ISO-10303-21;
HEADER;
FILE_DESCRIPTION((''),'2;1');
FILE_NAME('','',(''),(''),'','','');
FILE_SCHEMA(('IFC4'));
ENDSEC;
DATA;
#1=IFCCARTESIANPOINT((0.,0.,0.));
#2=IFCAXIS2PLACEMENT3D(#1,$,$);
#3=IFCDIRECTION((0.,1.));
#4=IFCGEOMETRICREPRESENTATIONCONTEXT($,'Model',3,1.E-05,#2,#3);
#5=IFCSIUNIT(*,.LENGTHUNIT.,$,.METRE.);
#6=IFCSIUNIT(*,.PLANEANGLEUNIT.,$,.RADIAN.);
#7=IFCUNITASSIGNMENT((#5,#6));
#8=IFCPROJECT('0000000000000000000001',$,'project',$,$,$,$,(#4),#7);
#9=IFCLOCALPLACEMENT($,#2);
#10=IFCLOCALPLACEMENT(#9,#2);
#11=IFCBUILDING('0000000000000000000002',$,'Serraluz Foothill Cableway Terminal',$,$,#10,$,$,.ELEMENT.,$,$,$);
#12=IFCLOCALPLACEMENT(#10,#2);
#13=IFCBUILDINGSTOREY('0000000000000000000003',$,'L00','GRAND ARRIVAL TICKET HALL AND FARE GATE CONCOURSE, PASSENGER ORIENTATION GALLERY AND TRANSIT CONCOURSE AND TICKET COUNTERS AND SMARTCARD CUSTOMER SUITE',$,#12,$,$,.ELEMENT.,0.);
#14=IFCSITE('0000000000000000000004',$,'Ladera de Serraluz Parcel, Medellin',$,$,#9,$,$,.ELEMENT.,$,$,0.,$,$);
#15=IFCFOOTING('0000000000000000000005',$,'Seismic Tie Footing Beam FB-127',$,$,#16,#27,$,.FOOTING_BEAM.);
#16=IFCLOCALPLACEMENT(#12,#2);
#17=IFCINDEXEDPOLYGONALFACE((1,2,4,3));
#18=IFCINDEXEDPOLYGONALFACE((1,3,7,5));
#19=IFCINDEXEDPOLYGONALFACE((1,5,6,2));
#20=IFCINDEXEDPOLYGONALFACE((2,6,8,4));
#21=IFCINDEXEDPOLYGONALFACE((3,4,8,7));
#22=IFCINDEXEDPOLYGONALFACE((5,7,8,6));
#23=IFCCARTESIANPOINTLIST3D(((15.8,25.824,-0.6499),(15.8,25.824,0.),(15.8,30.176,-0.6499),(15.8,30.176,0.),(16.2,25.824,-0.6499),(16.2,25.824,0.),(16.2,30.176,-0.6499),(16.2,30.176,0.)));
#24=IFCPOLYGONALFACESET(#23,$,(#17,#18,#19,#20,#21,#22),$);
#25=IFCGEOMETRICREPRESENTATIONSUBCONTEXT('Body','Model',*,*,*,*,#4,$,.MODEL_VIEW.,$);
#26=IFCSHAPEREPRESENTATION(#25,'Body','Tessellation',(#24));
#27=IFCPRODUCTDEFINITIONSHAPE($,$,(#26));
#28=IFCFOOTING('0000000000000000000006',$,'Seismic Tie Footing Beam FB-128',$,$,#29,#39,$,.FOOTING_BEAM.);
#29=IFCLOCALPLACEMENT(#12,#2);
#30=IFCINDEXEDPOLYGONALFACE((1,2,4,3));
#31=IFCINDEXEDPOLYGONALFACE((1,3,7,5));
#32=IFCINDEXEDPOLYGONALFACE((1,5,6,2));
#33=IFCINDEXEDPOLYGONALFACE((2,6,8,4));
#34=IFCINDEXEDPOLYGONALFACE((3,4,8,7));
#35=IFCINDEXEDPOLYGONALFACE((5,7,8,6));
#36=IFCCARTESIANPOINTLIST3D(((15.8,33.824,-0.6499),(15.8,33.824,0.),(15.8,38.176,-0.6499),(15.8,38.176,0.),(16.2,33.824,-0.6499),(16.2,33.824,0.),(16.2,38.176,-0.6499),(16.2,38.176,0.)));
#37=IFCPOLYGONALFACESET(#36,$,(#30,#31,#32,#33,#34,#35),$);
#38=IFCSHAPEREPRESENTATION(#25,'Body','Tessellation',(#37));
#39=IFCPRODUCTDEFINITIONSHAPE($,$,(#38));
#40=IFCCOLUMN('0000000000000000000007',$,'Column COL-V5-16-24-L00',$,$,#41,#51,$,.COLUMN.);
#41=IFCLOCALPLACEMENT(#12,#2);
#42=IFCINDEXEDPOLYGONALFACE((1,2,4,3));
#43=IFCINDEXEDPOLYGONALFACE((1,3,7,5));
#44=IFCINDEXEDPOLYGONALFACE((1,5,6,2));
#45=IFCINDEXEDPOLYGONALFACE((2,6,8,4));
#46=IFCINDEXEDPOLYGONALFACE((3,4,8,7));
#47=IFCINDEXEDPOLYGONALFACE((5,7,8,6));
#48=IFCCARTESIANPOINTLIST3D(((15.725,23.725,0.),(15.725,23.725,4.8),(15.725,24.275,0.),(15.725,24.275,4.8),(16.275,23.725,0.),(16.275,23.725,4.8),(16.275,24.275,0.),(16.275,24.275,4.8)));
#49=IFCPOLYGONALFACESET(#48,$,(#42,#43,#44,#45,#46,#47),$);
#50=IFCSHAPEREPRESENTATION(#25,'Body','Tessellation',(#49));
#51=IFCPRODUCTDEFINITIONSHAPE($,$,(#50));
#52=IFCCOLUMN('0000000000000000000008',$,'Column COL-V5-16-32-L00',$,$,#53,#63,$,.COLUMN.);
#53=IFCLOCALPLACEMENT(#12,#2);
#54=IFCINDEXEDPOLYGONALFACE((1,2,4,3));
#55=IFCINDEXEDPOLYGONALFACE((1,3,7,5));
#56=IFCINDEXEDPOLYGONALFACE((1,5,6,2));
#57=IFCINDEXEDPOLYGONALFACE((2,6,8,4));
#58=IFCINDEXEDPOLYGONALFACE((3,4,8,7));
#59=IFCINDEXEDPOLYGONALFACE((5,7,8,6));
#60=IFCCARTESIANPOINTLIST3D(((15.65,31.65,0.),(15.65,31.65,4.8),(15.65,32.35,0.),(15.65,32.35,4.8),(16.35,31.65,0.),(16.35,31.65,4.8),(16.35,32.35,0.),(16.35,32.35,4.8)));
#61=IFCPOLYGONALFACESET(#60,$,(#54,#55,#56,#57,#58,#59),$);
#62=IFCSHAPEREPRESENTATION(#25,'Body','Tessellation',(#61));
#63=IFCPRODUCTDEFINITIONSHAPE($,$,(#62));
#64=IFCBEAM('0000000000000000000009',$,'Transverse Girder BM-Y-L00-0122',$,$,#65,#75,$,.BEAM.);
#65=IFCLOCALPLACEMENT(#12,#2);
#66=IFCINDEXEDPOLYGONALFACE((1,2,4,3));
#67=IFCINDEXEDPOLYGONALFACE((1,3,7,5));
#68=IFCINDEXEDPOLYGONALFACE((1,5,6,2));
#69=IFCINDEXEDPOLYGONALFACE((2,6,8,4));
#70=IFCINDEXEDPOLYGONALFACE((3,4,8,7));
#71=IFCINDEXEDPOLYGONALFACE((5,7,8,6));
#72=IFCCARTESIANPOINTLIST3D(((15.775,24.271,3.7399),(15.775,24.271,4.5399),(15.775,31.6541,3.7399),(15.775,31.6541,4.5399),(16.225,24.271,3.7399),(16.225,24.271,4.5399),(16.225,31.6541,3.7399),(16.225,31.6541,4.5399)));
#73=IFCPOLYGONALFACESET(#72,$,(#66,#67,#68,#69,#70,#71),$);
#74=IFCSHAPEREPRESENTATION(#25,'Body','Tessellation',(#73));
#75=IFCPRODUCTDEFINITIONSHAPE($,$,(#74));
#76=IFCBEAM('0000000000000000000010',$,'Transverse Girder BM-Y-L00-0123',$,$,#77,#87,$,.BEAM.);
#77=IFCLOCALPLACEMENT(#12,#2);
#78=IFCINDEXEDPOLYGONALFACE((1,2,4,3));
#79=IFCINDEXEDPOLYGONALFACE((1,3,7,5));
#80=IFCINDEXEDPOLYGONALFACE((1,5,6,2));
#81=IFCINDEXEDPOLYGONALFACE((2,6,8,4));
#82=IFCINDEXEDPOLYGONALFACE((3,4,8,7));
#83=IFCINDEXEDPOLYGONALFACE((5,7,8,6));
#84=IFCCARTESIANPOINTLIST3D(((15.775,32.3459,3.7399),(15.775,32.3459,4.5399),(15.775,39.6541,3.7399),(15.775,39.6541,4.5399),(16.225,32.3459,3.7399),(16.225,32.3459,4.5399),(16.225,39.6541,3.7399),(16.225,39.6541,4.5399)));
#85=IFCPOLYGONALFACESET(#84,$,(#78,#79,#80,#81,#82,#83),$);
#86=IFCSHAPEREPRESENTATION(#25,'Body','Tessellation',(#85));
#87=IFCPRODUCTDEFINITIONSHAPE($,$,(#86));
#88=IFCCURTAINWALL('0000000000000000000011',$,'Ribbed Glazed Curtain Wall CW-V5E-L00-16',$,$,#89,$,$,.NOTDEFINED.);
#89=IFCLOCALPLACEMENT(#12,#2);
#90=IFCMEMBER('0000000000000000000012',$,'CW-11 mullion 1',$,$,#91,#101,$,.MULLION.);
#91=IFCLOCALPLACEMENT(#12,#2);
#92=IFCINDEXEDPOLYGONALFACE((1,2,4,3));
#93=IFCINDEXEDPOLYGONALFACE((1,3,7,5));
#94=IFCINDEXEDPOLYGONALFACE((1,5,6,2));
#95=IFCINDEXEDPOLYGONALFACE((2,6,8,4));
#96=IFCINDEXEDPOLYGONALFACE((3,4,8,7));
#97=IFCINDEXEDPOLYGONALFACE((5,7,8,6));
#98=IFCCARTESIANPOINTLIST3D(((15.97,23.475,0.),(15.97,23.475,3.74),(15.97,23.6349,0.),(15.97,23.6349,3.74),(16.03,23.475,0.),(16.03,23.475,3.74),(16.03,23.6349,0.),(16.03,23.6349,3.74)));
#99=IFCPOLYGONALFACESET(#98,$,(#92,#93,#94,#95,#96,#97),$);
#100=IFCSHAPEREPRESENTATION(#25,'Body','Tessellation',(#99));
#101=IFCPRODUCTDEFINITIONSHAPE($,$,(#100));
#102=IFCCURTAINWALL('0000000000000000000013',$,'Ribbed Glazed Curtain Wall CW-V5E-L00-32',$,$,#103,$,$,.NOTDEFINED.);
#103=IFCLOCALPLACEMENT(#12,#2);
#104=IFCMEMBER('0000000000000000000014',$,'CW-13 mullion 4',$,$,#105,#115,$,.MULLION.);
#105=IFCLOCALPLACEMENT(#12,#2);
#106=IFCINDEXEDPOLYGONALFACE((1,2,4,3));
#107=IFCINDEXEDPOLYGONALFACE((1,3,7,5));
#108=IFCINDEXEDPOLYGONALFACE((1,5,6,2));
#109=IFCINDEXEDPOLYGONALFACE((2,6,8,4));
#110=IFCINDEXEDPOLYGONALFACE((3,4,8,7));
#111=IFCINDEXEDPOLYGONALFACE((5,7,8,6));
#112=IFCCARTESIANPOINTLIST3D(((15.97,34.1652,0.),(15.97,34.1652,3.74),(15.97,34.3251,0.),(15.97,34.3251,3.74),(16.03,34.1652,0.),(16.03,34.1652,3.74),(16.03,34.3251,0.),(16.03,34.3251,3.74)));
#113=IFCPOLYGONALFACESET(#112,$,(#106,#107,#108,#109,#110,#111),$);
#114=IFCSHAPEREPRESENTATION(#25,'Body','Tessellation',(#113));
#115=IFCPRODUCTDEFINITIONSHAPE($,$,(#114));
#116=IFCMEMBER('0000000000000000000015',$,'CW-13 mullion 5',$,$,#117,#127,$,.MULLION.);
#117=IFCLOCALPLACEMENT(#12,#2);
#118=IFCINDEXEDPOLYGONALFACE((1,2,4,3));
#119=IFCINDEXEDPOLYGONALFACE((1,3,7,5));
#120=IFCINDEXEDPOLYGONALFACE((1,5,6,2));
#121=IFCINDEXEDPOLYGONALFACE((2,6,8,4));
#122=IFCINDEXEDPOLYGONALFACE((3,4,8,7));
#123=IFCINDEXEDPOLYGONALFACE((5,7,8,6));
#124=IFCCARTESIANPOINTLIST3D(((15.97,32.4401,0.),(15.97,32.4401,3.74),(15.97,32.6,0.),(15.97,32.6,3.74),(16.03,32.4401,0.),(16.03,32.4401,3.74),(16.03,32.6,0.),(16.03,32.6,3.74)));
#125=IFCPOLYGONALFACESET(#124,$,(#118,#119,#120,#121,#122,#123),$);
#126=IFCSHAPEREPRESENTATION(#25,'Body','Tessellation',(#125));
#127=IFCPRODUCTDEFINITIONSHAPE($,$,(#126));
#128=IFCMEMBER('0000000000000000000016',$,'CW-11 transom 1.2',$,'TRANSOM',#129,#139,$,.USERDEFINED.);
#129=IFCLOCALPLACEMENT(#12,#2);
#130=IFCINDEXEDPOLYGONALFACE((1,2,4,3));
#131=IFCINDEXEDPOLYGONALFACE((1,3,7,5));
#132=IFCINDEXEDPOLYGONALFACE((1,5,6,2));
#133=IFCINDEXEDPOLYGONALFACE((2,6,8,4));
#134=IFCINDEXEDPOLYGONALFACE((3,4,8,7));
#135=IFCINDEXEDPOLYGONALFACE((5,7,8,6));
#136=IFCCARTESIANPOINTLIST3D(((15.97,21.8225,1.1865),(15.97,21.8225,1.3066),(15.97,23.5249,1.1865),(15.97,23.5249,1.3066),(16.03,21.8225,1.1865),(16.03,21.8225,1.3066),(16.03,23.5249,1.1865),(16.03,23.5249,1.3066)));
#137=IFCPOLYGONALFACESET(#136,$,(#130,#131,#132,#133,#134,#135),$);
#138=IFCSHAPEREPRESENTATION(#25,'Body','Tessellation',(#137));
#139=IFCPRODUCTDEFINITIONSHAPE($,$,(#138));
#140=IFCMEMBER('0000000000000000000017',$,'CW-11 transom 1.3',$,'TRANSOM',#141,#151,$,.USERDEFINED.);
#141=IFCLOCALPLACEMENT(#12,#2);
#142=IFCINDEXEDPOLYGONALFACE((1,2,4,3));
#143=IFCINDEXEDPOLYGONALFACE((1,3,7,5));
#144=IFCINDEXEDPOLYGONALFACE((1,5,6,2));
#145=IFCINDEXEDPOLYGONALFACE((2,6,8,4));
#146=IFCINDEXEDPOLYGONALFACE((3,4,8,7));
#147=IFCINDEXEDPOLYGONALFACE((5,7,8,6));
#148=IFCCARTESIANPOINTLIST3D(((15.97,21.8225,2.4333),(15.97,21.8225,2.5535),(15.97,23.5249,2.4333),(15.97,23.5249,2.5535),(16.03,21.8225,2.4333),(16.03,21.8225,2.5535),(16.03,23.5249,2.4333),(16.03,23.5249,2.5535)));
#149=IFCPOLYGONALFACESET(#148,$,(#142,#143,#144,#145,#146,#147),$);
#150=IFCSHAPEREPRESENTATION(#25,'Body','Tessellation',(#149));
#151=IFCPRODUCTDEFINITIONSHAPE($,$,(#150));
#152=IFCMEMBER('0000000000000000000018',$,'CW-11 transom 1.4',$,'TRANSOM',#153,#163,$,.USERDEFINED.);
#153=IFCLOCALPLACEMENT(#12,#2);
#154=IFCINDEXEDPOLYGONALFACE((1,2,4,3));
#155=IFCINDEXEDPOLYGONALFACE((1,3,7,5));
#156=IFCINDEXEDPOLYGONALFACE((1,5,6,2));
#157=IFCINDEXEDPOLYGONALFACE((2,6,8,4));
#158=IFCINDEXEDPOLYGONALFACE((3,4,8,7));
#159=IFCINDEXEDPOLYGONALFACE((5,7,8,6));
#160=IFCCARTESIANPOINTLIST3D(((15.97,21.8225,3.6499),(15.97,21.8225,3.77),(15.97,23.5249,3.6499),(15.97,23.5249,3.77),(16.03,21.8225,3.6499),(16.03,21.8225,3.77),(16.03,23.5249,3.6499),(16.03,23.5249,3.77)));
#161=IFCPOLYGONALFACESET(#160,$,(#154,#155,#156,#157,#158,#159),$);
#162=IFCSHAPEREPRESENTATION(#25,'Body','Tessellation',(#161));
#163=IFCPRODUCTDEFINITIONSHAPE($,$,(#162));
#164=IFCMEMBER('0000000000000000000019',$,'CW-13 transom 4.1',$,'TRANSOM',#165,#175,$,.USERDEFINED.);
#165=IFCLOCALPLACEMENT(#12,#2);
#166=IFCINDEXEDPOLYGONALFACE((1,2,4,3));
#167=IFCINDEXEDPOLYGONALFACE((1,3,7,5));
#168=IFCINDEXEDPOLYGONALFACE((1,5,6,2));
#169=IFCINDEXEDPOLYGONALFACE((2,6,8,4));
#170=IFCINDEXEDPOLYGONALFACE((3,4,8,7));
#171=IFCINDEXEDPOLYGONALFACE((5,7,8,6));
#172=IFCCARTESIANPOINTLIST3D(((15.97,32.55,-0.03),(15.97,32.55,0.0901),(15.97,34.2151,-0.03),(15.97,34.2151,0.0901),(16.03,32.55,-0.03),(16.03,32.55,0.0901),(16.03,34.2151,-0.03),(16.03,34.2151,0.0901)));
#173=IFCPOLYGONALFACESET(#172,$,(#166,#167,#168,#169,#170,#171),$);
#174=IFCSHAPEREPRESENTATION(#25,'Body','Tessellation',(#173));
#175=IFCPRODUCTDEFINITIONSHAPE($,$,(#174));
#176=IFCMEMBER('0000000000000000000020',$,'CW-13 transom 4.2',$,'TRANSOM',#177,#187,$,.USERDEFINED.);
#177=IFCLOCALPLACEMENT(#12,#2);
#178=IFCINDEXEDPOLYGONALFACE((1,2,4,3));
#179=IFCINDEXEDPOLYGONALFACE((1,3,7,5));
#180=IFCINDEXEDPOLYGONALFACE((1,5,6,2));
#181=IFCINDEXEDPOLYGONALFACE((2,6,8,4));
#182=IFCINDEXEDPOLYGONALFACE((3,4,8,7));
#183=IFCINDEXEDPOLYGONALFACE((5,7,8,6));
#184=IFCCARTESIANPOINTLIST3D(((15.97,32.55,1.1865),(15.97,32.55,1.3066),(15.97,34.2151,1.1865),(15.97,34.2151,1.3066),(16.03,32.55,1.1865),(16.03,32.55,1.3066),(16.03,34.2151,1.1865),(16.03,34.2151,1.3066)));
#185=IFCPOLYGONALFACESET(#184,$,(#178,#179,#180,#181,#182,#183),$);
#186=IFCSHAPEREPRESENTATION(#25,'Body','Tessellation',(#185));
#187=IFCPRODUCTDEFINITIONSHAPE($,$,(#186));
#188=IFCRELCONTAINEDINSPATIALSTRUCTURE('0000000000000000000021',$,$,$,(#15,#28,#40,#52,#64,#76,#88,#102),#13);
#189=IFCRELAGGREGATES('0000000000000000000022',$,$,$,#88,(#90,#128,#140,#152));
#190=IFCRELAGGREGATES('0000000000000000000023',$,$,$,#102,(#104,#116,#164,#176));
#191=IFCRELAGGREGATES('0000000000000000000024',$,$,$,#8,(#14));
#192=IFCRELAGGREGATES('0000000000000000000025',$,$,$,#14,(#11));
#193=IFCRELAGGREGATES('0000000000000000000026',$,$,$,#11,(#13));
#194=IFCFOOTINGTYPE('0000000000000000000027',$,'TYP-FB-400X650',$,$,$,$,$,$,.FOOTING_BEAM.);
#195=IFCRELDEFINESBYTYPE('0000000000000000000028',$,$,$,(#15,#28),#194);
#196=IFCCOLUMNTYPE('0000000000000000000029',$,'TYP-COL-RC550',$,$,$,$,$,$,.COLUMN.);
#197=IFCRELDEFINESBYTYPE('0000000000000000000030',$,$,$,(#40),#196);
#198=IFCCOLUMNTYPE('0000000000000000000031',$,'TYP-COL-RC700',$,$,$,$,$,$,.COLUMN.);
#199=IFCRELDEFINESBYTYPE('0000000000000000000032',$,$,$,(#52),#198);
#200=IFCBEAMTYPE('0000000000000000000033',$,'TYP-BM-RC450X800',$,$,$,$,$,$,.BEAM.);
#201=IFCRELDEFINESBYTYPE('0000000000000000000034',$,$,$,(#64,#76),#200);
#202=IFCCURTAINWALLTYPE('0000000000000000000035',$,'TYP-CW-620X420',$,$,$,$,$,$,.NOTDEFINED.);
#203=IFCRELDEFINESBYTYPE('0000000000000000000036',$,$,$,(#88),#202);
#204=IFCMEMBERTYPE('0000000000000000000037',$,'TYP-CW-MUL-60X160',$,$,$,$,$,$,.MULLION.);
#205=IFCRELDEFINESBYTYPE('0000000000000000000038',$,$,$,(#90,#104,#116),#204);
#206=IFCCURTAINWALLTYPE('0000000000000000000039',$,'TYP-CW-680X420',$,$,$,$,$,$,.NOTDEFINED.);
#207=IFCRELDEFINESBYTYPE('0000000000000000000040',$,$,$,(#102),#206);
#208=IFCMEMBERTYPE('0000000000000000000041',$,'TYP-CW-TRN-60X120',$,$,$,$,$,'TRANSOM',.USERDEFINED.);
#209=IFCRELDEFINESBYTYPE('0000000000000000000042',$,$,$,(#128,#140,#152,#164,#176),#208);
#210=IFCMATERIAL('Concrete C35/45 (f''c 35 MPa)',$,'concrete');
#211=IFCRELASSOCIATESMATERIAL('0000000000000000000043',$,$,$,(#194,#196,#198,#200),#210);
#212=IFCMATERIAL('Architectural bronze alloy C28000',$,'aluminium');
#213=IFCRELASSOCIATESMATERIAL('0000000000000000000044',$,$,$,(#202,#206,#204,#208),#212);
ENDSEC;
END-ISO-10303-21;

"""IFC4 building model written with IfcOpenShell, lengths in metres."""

from ifc_helpers import new_model, si_unit, direction, frame, origin, origin_2d, place, context, subcontext, project, spatial, rectangle, extrude, material, material_profile, profile_set, type_object, element, aggregate, save


model = new_model("IFC4")

# Units and contexts
model_context = context("Model", 3, precision=1e-05, world=origin(), true_north=direction((0.0, 1.0)))
body_context = subcontext(model_context, "Body", "Model", "MODEL_VIEW")
ifc_project = project(units=[si_unit("LENGTHUNIT", "METRE"), si_unit("PLANEANGLEUNIT", "RADIAN")], contexts=[model_context])

# Site, building, storey
site_placement = place(None, origin())
site = spatial("IfcSite", under=ifc_project, at=site_placement, Name="Ladera de Serraluz Parcel, Medellin", CompositionType="ELEMENT", RefElevation=0.0)
building_placement = place(site_placement, origin())
building = spatial("IfcBuilding", under=site, at=building_placement, Name="Serraluz Foothill Cableway Terminal", CompositionType="ELEMENT")
storey_placement = place(building_placement, origin())
storey = spatial("IfcBuildingStorey", under=building, at=storey_placement, Name="L00", Description="GRAND ARRIVAL TICKET HALL AND FARE GATE CONCOURSE, PASSENGER ORIENTATION GALLERY AND TRANSIT CONCOURSE AND TICKET COUNTERS AND SMARTCARD CUSTOMER SUITE", CompositionType="ELEMENT", Elevation=0.0)

# Footings
ifc_material_1 = material(Name="Concrete C35/45 (f'c 35 MPa)", Category="concrete")
ifc_material_profile_1 = material_profile(ifc_material_1, rectangle(XDim=0.3999, YDim=0.6499, at=origin_2d()), Name="RC 400x650")
ifc_profile_set_1 = profile_set([ifc_material_profile_1], Name="Concrete C35/45 (f'c 35 MPa)")
footing_type = type_object("IfcFootingType", Name="TYP-FB-400X650", PredefinedType="FOOTING_BEAM", material=ifc_profile_set_1)
for number, where, z_axis, x_axis, name in (
    (1, (16.0, 25.824, -0.325), (0.0, 1.0, 0.0), (-1.0, 0.0, 0.0), "Seismic Tie Footing Beam FB-127"),
    (2, (16.0, 33.824, -0.325), (0.0, 1.0, 0.0), (-1.0, 0.0, 0.0), "Seismic Tie Footing Beam FB-128"),
):
    element("IfcFooting", number, at=place(storey_placement, frame(where, z_axis=z_axis, x_axis=x_axis)), inside=storey, type_object=footing_type, Name=name, PredefinedType="FOOTING_BEAM", context=body_context, shape_type="SweptSolid", body=[
        extrude(rectangle(XDim=0.3999, YDim=0.6499, at=origin_2d()), origin(), (0.0, 0.0, 1.0), 4.3521),
    ])

# Columns
ifc_material_profile_2 = material_profile(ifc_material_1, rectangle(XDim=0.55, YDim=0.55, at=origin_2d()), Name="RC 550x550")
ifc_profile_set_2 = profile_set([ifc_material_profile_2], Name="Concrete C35/45 (f'c 35 MPa)")
column_type_1 = type_object("IfcColumnType", Name="TYP-COL-RC550", PredefinedType="COLUMN", material=ifc_profile_set_2)
column_1_placement = place(storey_placement, frame((16.0, 24.0, 0.0), z_axis=(0.0, 0.0, 1.0), x_axis=(1.0, 0.0, 0.0)))
element("IfcColumn", 3, at=column_1_placement, inside=storey, type_object=column_type_1, Name="Column COL-V5-16-24-L00", PredefinedType="COLUMN", context=body_context, shape_type="SweptSolid", body=[
    extrude(rectangle(XDim=0.55, YDim=0.55, at=origin_2d()), origin(), (0.0, 0.0, 1.0), 4.8),
])
ifc_material_profile_3 = material_profile(ifc_material_1, rectangle(XDim=0.7, YDim=0.7, at=origin_2d()), Name="RC 700x700")
ifc_profile_set_3 = profile_set([ifc_material_profile_3], Name="Concrete C35/45 (f'c 35 MPa)")
column_type_2 = type_object("IfcColumnType", Name="TYP-COL-RC700", PredefinedType="COLUMN", material=ifc_profile_set_3)
column_2_placement = place(storey_placement, frame((16.0, 32.0, 0.0), z_axis=(0.0, 0.0, 1.0), x_axis=(1.0, 0.0, 0.0)))
element("IfcColumn", 4, at=column_2_placement, inside=storey, type_object=column_type_2, Name="Column COL-V5-16-32-L00", PredefinedType="COLUMN", context=body_context, shape_type="SweptSolid", body=[
    extrude(rectangle(XDim=0.7, YDim=0.7, at=origin_2d()), origin(), (0.0, 0.0, 1.0), 4.8),
])

# Beams
ifc_material_profile_4 = material_profile(ifc_material_1, rectangle(XDim=0.45, YDim=0.8, at=origin_2d()), Name="RC 450x800")
ifc_profile_set_4 = profile_set([ifc_material_profile_4], Name="Concrete C35/45 (f'c 35 MPa)")
beam_type = type_object("IfcBeamType", Name="TYP-BM-RC450X800", PredefinedType="BEAM", material=ifc_profile_set_4)
beam_1_placement = place(storey_placement, frame((16.0, 24.271, 4.1399), z_axis=(0.0, 1.0, 0.0), x_axis=(-1.0, 0.0, 0.0)))
element("IfcBeam", 5, at=beam_1_placement, inside=storey, type_object=beam_type, Name="Transverse Girder BM-Y-L00-0122", PredefinedType="BEAM", context=body_context, shape_type="SweptSolid", body=[
    extrude(rectangle(XDim=0.45, YDim=0.8, at=origin_2d()), origin(), (0.0, 0.0, 1.0), 7.3831),
])
beam_2_placement = place(storey_placement, frame((16.0, 32.3459, 4.1399), z_axis=(0.0, 1.0, 0.0), x_axis=(-1.0, 0.0, 0.0)))
element("IfcBeam", 6, at=beam_2_placement, inside=storey, type_object=beam_type, Name="Transverse Girder BM-Y-L00-0123", PredefinedType="BEAM", context=body_context, shape_type="SweptSolid", body=[
    extrude(rectangle(XDim=0.45, YDim=0.8, at=origin_2d()), origin(), (0.0, 0.0, 1.0), 7.3081),
])

# Curtain wall, member
ifc_material_2 = material(Name="Architectural bronze alloy C28000", Category="aluminium")
curtain_wall_type_1 = type_object("IfcCurtainWallType", Name="TYP-CW-620X420", PredefinedType="NOTDEFINED", material=ifc_material_2)
curtain_wall_1_placement = place(storey_placement, origin())
curtain_wall_1 = element("IfcCurtainWall", 7, at=curtain_wall_1_placement, inside=storey, type_object=curtain_wall_type_1, Name="Ribbed Glazed Curtain Wall CW-V5E-L00-16", PredefinedType="NOTDEFINED")
ifc_material_profile_5 = material_profile(ifc_material_2, rectangle(XDim=0.0601, YDim=0.1599, at=origin_2d()), Name="ALU MULLION 60x160")
ifc_profile_set_5 = profile_set([ifc_material_profile_5], Name="Architectural bronze alloy C28000")
member_type_1 = type_object("IfcMemberType", Name="TYP-CW-MUL-60X160", PredefinedType="MULLION", material=ifc_profile_set_5)
member_1_placement = place(storey_placement, frame((16.0, 23.5549, 0.0), z_axis=(0.0, 0.0, 1.0), x_axis=(1.0, 0.0, 0.0)))
member_1 = element("IfcMember", 8, at=member_1_placement, type_object=member_type_1, Name="CW-11 mullion 1", PredefinedType="MULLION", context=body_context, shape_type="SweptSolid", body=[
    extrude(rectangle(XDim=0.0601, YDim=0.1599, at=origin_2d()), origin(), (0.0, 0.0, 1.0), 3.74),
])

# Curtain wall, members
curtain_wall_type_2 = type_object("IfcCurtainWallType", Name="TYP-CW-680X420", PredefinedType="NOTDEFINED", material=ifc_material_2)
curtain_wall_2_placement = place(storey_placement, origin())
curtain_wall_2 = element("IfcCurtainWall", 9, at=curtain_wall_2_placement, inside=storey, type_object=curtain_wall_type_2, Name="Ribbed Glazed Curtain Wall CW-V5E-L00-32", PredefinedType="NOTDEFINED")
member_2_placement = place(storey_placement, frame((16.0, 34.2451, 0.0), z_axis=(0.0, 0.0, 1.0), x_axis=(1.0, 0.0, 0.0)))
member_2 = element("IfcMember", 10, at=member_2_placement, type_object=member_type_1, Name="CW-13 mullion 4", PredefinedType="MULLION", context=body_context, shape_type="SweptSolid", body=[
    extrude(rectangle(XDim=0.0601, YDim=0.1599, at=origin_2d()), origin(), (0.0, 0.0, 1.0), 3.74),
])
member_3_placement = place(storey_placement, frame((16.0, 32.52, 0.0), z_axis=(0.0, 0.0, 1.0), x_axis=(1.0, 0.0, 0.0)))
member_3 = element("IfcMember", 11, at=member_3_placement, type_object=member_type_1, Name="CW-13 mullion 5", PredefinedType="MULLION", context=body_context, shape_type="SweptSolid", body=[
    extrude(rectangle(XDim=0.0601, YDim=0.1599, at=origin_2d()), origin(), (0.0, 0.0, 1.0), 3.74),
])

# Members
ifc_material_profile_6 = material_profile(ifc_material_2, rectangle(XDim=0.0601, YDim=0.1201, at=origin_2d()), Name="ALU TRANSOM 60x120")
ifc_profile_set_6 = profile_set([ifc_material_profile_6], Name="Architectural bronze alloy C28000")
member_type_2 = type_object("IfcMemberType", Name="TYP-CW-TRN-60X120", ElementType="TRANSOM", PredefinedType="USERDEFINED", material=ifc_profile_set_6)
member_4_placement = place(storey_placement, frame((16.0, 23.5249, 1.2466), z_axis=(0.0, -1.0, 0.0), x_axis=(1.0, 0.0, 0.0)))
member_4 = element("IfcMember", 12, at=member_4_placement, type_object=member_type_2, Name="CW-11 transom 1.2", ObjectType="TRANSOM", PredefinedType="USERDEFINED", context=body_context, shape_type="SweptSolid", body=[
    extrude(rectangle(XDim=0.0601, YDim=0.1201, at=origin_2d()), origin(), (0.0, 0.0, 1.0), 1.7024),
])
member_5_placement = place(storey_placement, frame((16.0, 23.5249, 2.4934), z_axis=(0.0, -1.0, 0.0), x_axis=(1.0, 0.0, 0.0)))
member_5 = element("IfcMember", 13, at=member_5_placement, type_object=member_type_2, Name="CW-11 transom 1.3", ObjectType="TRANSOM", PredefinedType="USERDEFINED", context=body_context, shape_type="SweptSolid", body=[
    extrude(rectangle(XDim=0.0601, YDim=0.1201, at=origin_2d()), origin(), (0.0, 0.0, 1.0), 1.7024),
])
member_6_placement = place(storey_placement, frame((16.0, 23.5249, 3.71), z_axis=(0.0, -1.0, 0.0), x_axis=(1.0, 0.0, 0.0)))
member_6 = element("IfcMember", 14, at=member_6_placement, type_object=member_type_2, Name="CW-11 transom 1.4", ObjectType="TRANSOM", PredefinedType="USERDEFINED", context=body_context, shape_type="SweptSolid", body=[
    extrude(rectangle(XDim=0.0601, YDim=0.1201, at=origin_2d()), origin(), (0.0, 0.0, 1.0), 1.7024),
])
aggregate(curtain_wall_1, [member_1, member_4, member_5, member_6])
member_7_placement = place(storey_placement, frame((16.0, 34.2151, 0.03), z_axis=(0.0, -1.0, 0.0), x_axis=(1.0, 0.0, 0.0)))
member_7 = element("IfcMember", 15, at=member_7_placement, type_object=member_type_2, Name="CW-13 transom 4.1", ObjectType="TRANSOM", PredefinedType="USERDEFINED", context=body_context, shape_type="SweptSolid", body=[
    extrude(rectangle(XDim=0.0601, YDim=0.1201, at=origin_2d()), origin(), (0.0, 0.0, 1.0), 1.665),
])
member_8_placement = place(storey_placement, frame((16.0, 34.2151, 1.2466), z_axis=(0.0, -1.0, 0.0), x_axis=(1.0, 0.0, 0.0)))
member_8 = element("IfcMember", 16, at=member_8_placement, type_object=member_type_2, Name="CW-13 transom 4.2", ObjectType="TRANSOM", PredefinedType="USERDEFINED", context=body_context, shape_type="SweptSolid", body=[
    extrude(rectangle(XDim=0.0601, YDim=0.1201, at=origin_2d()), origin(), (0.0, 0.0, 1.0), 1.665),
])

aggregate(curtain_wall_2, [member_2, member_3, member_7, member_8])

save(model, "model.ifc")
